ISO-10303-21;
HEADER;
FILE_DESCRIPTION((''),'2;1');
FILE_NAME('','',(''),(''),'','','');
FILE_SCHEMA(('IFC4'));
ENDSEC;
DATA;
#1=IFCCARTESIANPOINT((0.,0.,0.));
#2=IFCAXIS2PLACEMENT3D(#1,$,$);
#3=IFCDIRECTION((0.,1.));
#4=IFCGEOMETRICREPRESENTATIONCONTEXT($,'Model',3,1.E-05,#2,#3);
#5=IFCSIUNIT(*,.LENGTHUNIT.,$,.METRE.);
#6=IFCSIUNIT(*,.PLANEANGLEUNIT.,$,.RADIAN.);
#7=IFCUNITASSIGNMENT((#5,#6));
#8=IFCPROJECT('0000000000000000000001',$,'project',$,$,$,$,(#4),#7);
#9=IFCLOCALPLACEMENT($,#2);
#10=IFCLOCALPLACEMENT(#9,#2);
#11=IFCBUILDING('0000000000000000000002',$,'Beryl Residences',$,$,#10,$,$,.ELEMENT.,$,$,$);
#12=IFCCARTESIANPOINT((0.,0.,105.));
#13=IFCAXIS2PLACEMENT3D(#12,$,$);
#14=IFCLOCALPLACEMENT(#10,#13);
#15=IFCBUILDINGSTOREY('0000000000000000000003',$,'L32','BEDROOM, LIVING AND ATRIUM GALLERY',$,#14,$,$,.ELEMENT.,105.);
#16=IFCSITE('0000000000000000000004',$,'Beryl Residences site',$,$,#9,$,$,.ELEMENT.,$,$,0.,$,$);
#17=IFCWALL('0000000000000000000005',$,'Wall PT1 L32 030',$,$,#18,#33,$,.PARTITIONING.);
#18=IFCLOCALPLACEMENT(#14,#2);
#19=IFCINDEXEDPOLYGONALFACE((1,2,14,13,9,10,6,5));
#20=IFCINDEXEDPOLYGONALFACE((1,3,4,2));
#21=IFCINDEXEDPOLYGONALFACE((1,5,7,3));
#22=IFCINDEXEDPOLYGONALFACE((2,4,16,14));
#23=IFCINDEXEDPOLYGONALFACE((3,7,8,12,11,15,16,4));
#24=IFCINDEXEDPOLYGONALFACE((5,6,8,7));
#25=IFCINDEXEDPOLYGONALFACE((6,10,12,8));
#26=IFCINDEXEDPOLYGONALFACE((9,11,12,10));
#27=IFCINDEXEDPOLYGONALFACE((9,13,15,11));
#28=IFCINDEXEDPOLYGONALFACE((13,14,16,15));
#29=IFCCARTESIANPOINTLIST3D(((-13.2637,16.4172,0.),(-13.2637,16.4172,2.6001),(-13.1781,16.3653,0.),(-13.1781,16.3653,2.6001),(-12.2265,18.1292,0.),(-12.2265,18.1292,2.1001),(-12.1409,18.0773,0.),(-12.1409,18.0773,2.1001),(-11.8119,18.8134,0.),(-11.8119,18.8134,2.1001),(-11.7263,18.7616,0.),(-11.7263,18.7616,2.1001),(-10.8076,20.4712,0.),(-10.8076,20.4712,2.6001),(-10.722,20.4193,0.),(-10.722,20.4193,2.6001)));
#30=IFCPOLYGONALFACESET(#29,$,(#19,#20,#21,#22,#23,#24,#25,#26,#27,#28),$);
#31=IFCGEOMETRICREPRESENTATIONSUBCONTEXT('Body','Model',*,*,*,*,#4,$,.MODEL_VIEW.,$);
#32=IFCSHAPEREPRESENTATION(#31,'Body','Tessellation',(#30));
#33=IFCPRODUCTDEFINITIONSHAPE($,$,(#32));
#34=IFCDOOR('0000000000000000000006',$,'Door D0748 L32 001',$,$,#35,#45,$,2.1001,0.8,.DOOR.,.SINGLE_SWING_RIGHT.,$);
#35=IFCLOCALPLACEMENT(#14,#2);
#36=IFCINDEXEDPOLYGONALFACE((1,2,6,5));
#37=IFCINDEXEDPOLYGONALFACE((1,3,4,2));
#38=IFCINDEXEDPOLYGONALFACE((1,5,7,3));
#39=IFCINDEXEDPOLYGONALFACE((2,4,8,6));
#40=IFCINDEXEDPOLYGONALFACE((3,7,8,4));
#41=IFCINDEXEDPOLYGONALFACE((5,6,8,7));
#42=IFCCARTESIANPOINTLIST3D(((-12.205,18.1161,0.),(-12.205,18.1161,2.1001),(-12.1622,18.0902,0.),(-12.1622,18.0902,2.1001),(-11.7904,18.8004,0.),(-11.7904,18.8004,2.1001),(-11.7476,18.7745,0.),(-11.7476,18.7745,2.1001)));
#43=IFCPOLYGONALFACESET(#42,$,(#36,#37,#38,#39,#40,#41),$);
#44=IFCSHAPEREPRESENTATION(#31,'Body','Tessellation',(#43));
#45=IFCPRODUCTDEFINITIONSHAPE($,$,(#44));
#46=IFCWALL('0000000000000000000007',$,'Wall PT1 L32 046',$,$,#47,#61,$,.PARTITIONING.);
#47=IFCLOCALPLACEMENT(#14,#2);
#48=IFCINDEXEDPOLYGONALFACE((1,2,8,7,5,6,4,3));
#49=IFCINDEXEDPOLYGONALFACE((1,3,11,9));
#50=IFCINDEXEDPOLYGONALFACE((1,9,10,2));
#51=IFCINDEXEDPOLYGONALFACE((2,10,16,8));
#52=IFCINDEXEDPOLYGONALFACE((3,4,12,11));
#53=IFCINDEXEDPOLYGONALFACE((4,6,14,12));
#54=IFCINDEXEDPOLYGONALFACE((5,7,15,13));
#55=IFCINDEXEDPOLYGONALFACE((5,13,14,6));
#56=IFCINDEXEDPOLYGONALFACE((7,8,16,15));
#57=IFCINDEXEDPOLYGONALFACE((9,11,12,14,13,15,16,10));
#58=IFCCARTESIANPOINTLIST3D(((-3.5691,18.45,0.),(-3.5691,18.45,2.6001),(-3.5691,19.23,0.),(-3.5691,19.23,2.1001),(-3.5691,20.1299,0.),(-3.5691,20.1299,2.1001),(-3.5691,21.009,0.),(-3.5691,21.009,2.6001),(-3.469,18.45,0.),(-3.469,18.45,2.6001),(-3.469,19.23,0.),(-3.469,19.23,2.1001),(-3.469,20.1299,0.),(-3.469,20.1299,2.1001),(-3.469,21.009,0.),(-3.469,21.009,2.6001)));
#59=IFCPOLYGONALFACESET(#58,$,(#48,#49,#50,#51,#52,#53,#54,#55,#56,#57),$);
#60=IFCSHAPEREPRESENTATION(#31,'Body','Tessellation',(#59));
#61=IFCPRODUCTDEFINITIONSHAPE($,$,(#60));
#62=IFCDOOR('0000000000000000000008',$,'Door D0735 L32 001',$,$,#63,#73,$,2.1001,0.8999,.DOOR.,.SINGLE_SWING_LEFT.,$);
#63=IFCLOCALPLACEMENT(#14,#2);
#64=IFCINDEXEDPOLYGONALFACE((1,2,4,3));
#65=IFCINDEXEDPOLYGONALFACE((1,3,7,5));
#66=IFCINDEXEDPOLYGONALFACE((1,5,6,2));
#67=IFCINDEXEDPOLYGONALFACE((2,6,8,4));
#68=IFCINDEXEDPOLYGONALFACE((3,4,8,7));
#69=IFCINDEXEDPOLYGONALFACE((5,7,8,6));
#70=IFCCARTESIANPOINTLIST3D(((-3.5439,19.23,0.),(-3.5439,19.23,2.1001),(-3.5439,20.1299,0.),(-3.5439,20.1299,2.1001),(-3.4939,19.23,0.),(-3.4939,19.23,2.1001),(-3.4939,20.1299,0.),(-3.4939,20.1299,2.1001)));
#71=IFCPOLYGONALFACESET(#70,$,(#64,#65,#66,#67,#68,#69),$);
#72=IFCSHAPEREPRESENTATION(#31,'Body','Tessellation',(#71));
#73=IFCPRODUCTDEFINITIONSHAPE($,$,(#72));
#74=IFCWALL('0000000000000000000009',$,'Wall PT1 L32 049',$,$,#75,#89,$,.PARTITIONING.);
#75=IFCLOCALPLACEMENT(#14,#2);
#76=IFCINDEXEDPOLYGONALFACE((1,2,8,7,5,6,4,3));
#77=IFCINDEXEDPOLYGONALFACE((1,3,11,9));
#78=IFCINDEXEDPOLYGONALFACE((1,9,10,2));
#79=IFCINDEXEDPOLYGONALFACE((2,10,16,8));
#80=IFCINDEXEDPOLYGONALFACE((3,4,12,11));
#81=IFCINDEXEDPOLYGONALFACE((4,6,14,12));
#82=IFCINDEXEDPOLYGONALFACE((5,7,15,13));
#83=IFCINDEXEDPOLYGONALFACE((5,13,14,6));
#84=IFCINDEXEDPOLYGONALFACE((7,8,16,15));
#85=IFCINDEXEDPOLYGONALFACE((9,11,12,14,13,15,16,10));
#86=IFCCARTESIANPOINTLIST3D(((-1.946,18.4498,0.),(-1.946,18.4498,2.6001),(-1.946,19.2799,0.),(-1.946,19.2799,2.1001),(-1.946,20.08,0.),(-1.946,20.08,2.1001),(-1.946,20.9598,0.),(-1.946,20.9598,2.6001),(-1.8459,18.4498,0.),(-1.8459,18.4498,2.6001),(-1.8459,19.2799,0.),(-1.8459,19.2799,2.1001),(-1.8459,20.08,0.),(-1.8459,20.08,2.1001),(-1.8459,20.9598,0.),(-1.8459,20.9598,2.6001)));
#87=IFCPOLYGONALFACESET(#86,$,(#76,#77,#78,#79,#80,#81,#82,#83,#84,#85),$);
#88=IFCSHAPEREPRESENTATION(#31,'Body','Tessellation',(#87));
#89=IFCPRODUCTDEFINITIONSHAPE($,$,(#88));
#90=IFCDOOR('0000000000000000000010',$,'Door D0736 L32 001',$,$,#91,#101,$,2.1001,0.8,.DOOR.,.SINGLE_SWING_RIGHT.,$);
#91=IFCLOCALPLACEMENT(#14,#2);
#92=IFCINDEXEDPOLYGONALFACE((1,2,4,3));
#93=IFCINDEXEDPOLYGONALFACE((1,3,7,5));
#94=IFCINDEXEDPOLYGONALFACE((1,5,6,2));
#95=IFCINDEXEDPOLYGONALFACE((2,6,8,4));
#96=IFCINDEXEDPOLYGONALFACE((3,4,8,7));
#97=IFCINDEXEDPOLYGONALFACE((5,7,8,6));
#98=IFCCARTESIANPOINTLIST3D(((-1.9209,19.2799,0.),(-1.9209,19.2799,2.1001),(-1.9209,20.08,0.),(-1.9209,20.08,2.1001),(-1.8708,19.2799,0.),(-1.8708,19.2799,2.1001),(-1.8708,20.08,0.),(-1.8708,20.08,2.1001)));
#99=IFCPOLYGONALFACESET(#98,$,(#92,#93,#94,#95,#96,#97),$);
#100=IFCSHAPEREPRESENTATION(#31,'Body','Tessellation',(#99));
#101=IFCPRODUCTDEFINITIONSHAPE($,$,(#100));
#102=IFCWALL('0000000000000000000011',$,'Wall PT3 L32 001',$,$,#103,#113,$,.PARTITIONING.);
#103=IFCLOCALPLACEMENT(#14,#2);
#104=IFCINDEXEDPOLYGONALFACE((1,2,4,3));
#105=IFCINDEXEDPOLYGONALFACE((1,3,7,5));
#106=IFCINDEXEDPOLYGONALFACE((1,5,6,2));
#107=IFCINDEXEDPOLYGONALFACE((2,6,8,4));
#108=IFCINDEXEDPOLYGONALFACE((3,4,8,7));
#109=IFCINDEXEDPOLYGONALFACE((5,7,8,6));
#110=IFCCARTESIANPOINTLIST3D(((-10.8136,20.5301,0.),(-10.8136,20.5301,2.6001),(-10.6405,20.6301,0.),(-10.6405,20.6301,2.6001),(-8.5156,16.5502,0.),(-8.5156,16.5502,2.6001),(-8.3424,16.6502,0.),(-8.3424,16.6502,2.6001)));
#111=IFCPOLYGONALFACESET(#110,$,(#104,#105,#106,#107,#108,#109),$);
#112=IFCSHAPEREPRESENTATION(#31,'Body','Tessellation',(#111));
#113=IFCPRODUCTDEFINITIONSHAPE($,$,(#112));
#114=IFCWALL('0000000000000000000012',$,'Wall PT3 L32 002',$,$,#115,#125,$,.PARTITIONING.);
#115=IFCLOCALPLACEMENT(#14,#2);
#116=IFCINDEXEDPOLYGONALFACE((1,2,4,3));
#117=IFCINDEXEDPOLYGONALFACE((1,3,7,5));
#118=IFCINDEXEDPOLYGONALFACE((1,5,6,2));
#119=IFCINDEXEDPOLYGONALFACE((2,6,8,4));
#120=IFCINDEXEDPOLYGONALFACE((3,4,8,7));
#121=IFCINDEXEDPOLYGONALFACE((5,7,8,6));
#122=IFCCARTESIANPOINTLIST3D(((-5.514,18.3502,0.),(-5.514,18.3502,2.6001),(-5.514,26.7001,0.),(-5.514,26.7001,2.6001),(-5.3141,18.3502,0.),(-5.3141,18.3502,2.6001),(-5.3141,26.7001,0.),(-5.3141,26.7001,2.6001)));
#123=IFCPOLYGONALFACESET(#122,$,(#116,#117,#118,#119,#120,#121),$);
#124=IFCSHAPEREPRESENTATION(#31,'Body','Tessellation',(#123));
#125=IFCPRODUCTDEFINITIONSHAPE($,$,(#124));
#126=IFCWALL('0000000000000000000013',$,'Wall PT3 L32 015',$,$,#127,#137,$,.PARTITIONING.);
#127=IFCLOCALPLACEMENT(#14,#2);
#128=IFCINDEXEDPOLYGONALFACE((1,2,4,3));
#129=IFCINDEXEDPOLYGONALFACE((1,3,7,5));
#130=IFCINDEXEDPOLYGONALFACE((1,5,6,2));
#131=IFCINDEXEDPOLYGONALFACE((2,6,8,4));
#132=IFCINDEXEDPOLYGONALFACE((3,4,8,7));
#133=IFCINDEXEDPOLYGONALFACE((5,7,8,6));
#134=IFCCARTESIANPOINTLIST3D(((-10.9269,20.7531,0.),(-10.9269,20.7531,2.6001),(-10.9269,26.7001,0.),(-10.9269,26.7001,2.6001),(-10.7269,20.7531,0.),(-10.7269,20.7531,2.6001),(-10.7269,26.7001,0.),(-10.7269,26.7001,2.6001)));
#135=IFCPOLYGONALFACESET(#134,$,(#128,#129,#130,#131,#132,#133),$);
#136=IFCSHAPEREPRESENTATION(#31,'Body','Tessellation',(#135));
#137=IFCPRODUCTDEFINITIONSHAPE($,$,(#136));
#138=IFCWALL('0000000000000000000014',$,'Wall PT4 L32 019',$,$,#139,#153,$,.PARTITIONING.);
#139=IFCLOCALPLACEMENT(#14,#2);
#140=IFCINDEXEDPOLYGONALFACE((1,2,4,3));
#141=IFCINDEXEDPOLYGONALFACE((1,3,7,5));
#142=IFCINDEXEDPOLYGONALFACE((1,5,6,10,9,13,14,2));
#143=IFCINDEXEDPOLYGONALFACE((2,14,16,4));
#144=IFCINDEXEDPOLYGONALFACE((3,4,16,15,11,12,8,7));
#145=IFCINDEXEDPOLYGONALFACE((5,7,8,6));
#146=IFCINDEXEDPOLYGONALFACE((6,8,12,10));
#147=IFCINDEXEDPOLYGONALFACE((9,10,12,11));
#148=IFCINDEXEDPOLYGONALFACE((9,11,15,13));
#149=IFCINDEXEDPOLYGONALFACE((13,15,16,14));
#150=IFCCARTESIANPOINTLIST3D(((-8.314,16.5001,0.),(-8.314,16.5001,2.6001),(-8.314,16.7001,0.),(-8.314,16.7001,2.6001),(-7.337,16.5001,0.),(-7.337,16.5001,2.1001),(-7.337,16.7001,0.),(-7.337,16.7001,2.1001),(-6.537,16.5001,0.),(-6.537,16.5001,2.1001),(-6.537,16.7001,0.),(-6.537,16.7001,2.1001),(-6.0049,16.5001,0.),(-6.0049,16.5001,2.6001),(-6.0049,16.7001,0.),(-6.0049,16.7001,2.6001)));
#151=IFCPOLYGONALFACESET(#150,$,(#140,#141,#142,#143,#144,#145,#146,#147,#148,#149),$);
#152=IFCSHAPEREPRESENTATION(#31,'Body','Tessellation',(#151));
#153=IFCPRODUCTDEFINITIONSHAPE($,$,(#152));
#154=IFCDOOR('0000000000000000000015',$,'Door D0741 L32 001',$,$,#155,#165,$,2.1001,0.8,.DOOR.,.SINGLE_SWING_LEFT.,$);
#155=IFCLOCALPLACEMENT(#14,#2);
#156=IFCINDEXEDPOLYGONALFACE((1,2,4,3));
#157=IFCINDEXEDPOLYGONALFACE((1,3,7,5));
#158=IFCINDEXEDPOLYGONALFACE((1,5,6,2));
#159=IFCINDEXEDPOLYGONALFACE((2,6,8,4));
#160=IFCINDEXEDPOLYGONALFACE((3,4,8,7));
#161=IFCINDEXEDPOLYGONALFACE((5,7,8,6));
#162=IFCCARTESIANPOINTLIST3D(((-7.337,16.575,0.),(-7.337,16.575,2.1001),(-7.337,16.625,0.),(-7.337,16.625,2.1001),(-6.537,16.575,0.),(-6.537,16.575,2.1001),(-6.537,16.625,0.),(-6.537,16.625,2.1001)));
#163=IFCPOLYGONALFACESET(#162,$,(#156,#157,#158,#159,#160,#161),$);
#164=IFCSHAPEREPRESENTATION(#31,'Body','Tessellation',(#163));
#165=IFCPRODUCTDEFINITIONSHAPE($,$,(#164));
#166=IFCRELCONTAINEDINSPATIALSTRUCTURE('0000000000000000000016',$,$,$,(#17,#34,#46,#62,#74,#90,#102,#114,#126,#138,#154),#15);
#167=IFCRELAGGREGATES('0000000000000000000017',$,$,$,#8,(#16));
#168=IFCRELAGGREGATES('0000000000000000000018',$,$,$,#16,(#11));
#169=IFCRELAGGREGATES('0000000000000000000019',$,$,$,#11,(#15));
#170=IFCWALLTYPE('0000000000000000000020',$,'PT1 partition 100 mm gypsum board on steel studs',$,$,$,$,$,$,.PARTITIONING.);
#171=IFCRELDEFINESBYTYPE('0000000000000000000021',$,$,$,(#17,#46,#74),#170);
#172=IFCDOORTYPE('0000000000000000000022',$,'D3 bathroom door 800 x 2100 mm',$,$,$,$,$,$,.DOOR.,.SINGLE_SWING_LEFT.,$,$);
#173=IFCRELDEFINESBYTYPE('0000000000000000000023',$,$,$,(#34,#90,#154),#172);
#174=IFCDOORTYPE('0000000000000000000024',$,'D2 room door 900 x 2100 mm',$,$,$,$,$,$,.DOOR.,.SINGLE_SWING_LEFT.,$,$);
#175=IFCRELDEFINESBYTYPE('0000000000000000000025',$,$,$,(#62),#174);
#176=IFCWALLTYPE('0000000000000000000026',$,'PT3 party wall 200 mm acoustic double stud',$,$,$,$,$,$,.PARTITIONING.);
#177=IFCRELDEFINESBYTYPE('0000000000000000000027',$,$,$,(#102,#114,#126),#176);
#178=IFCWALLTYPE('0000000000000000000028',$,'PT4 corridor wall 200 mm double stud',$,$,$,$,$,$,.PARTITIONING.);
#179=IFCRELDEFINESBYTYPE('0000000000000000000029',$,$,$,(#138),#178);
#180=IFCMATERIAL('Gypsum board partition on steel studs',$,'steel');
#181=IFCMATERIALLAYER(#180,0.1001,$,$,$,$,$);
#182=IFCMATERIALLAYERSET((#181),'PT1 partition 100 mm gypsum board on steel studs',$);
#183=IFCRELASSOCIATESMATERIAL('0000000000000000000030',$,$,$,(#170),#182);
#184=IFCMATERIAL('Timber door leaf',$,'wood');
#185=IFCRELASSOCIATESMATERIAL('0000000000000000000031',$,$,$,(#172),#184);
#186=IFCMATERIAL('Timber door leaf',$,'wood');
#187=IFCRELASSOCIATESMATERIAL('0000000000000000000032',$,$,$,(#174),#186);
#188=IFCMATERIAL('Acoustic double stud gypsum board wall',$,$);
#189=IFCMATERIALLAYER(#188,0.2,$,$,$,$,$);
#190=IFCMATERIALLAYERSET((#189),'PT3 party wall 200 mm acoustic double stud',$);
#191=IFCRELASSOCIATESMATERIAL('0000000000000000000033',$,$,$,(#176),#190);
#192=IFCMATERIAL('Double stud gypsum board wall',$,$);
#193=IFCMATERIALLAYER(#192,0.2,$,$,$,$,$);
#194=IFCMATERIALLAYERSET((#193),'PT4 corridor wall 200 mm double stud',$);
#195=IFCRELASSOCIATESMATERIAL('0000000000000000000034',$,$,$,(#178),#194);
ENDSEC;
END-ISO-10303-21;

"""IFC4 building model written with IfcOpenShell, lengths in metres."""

from ifc_helpers import new_model, si_unit, direction, frame, frame_2d, origin, place, context, subcontext, project, spatial, rectangle, extrude, material, layer, layer_set, type_object, element, fill, save


model = new_model("IFC4")

# Units and contexts
model_context = context("Model", 3, precision=1e-05, world=origin(), true_north=direction((0.0, 1.0)))
body_context = subcontext(model_context, "Body", "Model", "MODEL_VIEW")
ifc_project = project(units=[si_unit("LENGTHUNIT", "METRE"), si_unit("PLANEANGLEUNIT", "RADIAN")], contexts=[model_context])

# Site, building, storey
site_placement = place(None, origin())
site = spatial("IfcSite", under=ifc_project, at=site_placement, Name="Beryl Residences site", CompositionType="ELEMENT", RefElevation=0.0)
building_placement = place(site_placement, origin())
building = spatial("IfcBuilding", under=site, at=building_placement, Name="Beryl Residences", CompositionType="ELEMENT")
storey_placement = place(building_placement, frame((0.0, 0.0, 105.0)))
storey = spatial("IfcBuildingStorey", under=building, at=storey_placement, Name="L32", Description="BEDROOM, LIVING AND ATRIUM GALLERY", CompositionType="ELEMENT", Elevation=105.0)

# Shared definitions
ifc_material_1 = material(Name="Gypsum board partition on steel studs", Category="steel")
ifc_layer_1 = layer(ifc_material_1, 0.1001)
ifc_layer_set_1 = layer_set([ifc_layer_1], Name="PT1 partition 100 mm gypsum board on steel studs")
wall_type_1 = type_object("IfcWallType", Name="PT1 partition 100 mm gypsum board on steel studs", PredefinedType="PARTITIONING", material=ifc_layer_set_1)

# Walls, openings, doors
wall_1_placement = place(storey_placement, frame((-13.2209, 16.3911, 0.0), z_axis=(0.0, 0.0, 1.0), x_axis=(0.518165, 0.855281, 0.0)))
wall_1 = element("IfcWall", 1, at=wall_1_placement, inside=storey, type_object=wall_type_1, Name="Wall PT1 L32 030", PredefinedType="PARTITIONING", context=body_context, shape_type="SweptSolid", body=[
    extrude(rectangle(XDim=4.74, YDim=0.1001, at=frame_2d((2.3701, 0.0))), origin(), (0.0, 0.0, 1.0), 2.6001),
])
opening_1_placement = place(wall_1_placement, frame((2.002, 0.0, 0.0)))
opening_1 = element("IfcOpeningElement", 2, at=opening_1_placement, cuts=wall_1, PredefinedType="OPENING", context=body_context, shape_type="SweptSolid", body=[
    extrude(rectangle(XDim=0.8, YDim=2.1001, at=frame_2d((0.3999, 1.05))), frame((0.0, 0.0601, 0.0), z_axis=(0.0, -1.0, 0.0), x_axis=(1.0, 0.0, 0.0)), (0.0, 0.0, 1.0), 0.1201),
])
ifc_material_2 = material(Name="Timber door leaf", Category="wood")
door_type_1 = type_object("IfcDoorType", Name="D3 bathroom door 800 x 2100 mm", OperationType="SINGLE_SWING_LEFT", PredefinedType="DOOR", material=ifc_material_2)
door_1_placement = place(opening_1_placement, origin())
door_1 = element("IfcDoor", 3, at=door_1_placement, inside=storey, type_object=door_type_1, Name="Door D0748 L32 001", OperationType="SINGLE_SWING_RIGHT", OverallHeight=2.1001, OverallWidth=0.8, PredefinedType="DOOR", context=body_context, shape_type="SweptSolid", body=[
    extrude(rectangle(XDim=0.8, YDim=2.1001, at=frame_2d((0.3999, 1.05))), frame((0.0, 0.0249, 0.0), z_axis=(0.0, -1.0, 0.0), x_axis=(1.0, 0.0, 0.0)), (0.0, 0.0, 1.0), 0.05),
])
fill(opening_1, door_1)
wall_2_placement = place(storey_placement, frame((-3.519, 18.45, 0.0), z_axis=(0.0, 0.0, 1.0), x_axis=(0.0, 1.0, 0.0)))
wall_2 = element("IfcWall", 4, at=wall_2_placement, inside=storey, type_object=wall_type_1, Name="Wall PT1 L32 046", PredefinedType="PARTITIONING", context=body_context, shape_type="SweptSolid", body=[
    extrude(rectangle(XDim=2.5591, YDim=0.1001, at=frame_2d((1.2795, 0.0))), origin(), (0.0, 0.0, 1.0), 2.6001),
])
opening_2_placement = place(wall_2_placement, frame((0.78, 0.0, 0.0)))
opening_2 = element("IfcOpeningElement", 5, at=opening_2_placement, cuts=wall_2, PredefinedType="OPENING", context=body_context, shape_type="SweptSolid", body=[
    extrude(rectangle(XDim=0.8999, YDim=2.1001, at=frame_2d((0.45, 1.05))), frame((0.0, 0.0601, 0.0), z_axis=(0.0, -1.0, 0.0), x_axis=(1.0, 0.0, 0.0)), (0.0, 0.0, 1.0), 0.1201),
])
ifc_material_3 = material(Name="Timber door leaf", Category="wood")
door_type_2 = type_object("IfcDoorType", Name="D2 room door 900 x 2100 mm", OperationType="SINGLE_SWING_LEFT", PredefinedType="DOOR", material=ifc_material_3)
door_2_placement = place(opening_2_placement, origin())
door_2 = element("IfcDoor", 6, at=door_2_placement, inside=storey, type_object=door_type_2, Name="Door D0735 L32 001", OperationType="SINGLE_SWING_LEFT", OverallHeight=2.1001, OverallWidth=0.8999, PredefinedType="DOOR", context=body_context, shape_type="SweptSolid", body=[
    extrude(rectangle(XDim=0.8999, YDim=2.1001, at=frame_2d((0.45, 1.05))), frame((0.0, 0.0249, 0.0), z_axis=(0.0, -1.0, 0.0), x_axis=(1.0, 0.0, 0.0)), (0.0, 0.0, 1.0), 0.05),
])
fill(opening_2, door_2)
wall_3_placement = place(storey_placement, frame((-1.896, 18.45, 0.0), z_axis=(0.0, 0.0, 1.0), x_axis=(0.0, 1.0, 0.0)))
wall_3 = element("IfcWall", 7, at=wall_3_placement, inside=storey, type_object=wall_type_1, Name="Wall PT1 L32 049", PredefinedType="PARTITIONING", context=body_context, shape_type="SweptSolid", body=[
    extrude(rectangle(XDim=2.51, YDim=0.1001, at=frame_2d((1.2549, 0.0))), origin(), (0.0, 0.0, 1.0), 2.6001),
])
opening_3_placement = place(wall_3_placement, frame((0.8301, 0.0, 0.0)))
opening_3 = element("IfcOpeningElement", 8, at=opening_3_placement, cuts=wall_3, PredefinedType="OPENING", context=body_context, shape_type="SweptSolid", body=[
    extrude(rectangle(XDim=0.8, YDim=2.1001, at=frame_2d((0.3999, 1.05))), frame((0.0, 0.0601, 0.0), z_axis=(0.0, -1.0, 0.0), x_axis=(1.0, 0.0, 0.0)), (0.0, 0.0, 1.0), 0.1201),
])
door_3_placement = place(opening_3_placement, origin())
door_3 = element("IfcDoor", 9, at=door_3_placement, inside=storey, type_object=door_type_1, Name="Door D0736 L32 001", OperationType="SINGLE_SWING_RIGHT", OverallHeight=2.1001, OverallWidth=0.8, PredefinedType="DOOR", context=body_context, shape_type="SweptSolid", body=[
    extrude(rectangle(XDim=0.8, YDim=2.1001, at=frame_2d((0.3999, 1.05))), frame((0.0, 0.0249, 0.0), z_axis=(0.0, -1.0, 0.0), x_axis=(1.0, 0.0, 0.0)), (0.0, 0.0, 1.0), 0.05),
])
fill(opening_3, door_3)

# Walls
ifc_material_4 = material(Name="Acoustic double stud gypsum board wall")
ifc_layer_2 = layer(ifc_material_4, 0.2)
ifc_layer_set_2 = layer_set([ifc_layer_2], Name="PT3 party wall 200 mm acoustic double stud")
wall_type_2 = type_object("IfcWallType", Name="PT3 party wall 200 mm acoustic double stud", PredefinedType="PARTITIONING", material=ifc_layer_set_2)
wall_4_placement = place(storey_placement, frame((-10.7271, 20.5801, 0.0), z_axis=(0.0, 0.0, 1.0), x_axis=(0.500041, -0.866002, 0.0)))
element("IfcWall", 10, at=wall_4_placement, inside=storey, type_object=wall_type_2, Name="Wall PT3 L32 001", PredefinedType="PARTITIONING", context=body_context, shape_type="SweptSolid", body=[
    extrude(rectangle(XDim=4.5957, YDim=0.2, at=frame_2d((2.2979, 0.0))), origin(), (0.0, 0.0, 1.0), 2.6001),
])
wall_5_placement = place(storey_placement, frame((-5.4141, 26.7, 0.0), z_axis=(0.0, 0.0, 1.0), x_axis=(0.0, -1.0, 0.0)))
element("IfcWall", 11, at=wall_5_placement, inside=storey, type_object=wall_type_2, Name="Wall PT3 L32 002", PredefinedType="PARTITIONING", context=body_context, shape_type="SweptSolid", body=[
    extrude(rectangle(XDim=8.3499, YDim=0.2, at=frame_2d((4.1748, 0.0))), origin(), (0.0, 0.0, 1.0), 2.6001),
])
wall_6_placement = place(storey_placement, frame((-10.8269, 20.7529, 0.0), z_axis=(0.0, 0.0, 1.0), x_axis=(0.0, 1.0, 0.0)))
element("IfcWall", 12, at=wall_6_placement, inside=storey, type_object=wall_type_2, Name="Wall PT3 L32 015", PredefinedType="PARTITIONING", context=body_context, shape_type="SweptSolid", body=[
    extrude(rectangle(XDim=5.947, YDim=0.2, at=frame_2d((2.9736, 0.0))), origin(), (0.0, 0.0, 1.0), 2.6001),
])

# Wall, opening, door
ifc_material_5 = material(Name="Double stud gypsum board wall")
ifc_layer_3 = layer(ifc_material_5, 0.2)
ifc_layer_set_3 = layer_set([ifc_layer_3], Name="PT4 corridor wall 200 mm double stud")
wall_type_3 = type_object("IfcWallType", Name="PT4 corridor wall 200 mm double stud", PredefinedType="PARTITIONING", material=ifc_layer_set_3)
wall_7_placement = place(storey_placement, frame((-8.314, 16.6001, 0.0), z_axis=(0.0, 0.0, 1.0), x_axis=(1.0, 0.0, 0.0)))
wall_7 = element("IfcWall", 13, at=wall_7_placement, inside=storey, type_object=wall_type_3, Name="Wall PT4 L32 019", PredefinedType="PARTITIONING", context=body_context, shape_type="SweptSolid", body=[
    extrude(rectangle(XDim=2.3091, YDim=0.2, at=frame_2d((1.1545, 0.0))), origin(), (0.0, 0.0, 1.0), 2.6001),
])
opening_4_placement = place(wall_7_placement, frame((0.9771, 0.0, 0.0)))
opening_4 = element("IfcOpeningElement", 14, at=opening_4_placement, cuts=wall_7, PredefinedType="OPENING", context=body_context, shape_type="SweptSolid", body=[
    extrude(rectangle(XDim=0.8, YDim=2.1001, at=frame_2d((0.3999, 1.05))), frame((0.0, 0.1099, 0.0), z_axis=(0.0, -1.0, 0.0), x_axis=(1.0, 0.0, 0.0)), (0.0, 0.0, 1.0), 0.22),
])
door_4_placement = place(opening_4_placement, origin())
door_4 = element("IfcDoor", 15, at=door_4_placement, inside=storey, type_object=door_type_1, Name="Door D0741 L32 001", OperationType="SINGLE_SWING_LEFT", OverallHeight=2.1001, OverallWidth=0.8, PredefinedType="DOOR", context=body_context, shape_type="SweptSolid", body=[
    extrude(rectangle(XDim=0.8, YDim=2.1001, at=frame_2d((0.3999, 1.05))), frame((0.0, 0.0249, 0.0), z_axis=(0.0, -1.0, 0.0), x_axis=(1.0, 0.0, 0.0)), (0.0, 0.0, 1.0), 0.05),
])
fill(opening_4, door_4)

save(model, "model.ifc")
